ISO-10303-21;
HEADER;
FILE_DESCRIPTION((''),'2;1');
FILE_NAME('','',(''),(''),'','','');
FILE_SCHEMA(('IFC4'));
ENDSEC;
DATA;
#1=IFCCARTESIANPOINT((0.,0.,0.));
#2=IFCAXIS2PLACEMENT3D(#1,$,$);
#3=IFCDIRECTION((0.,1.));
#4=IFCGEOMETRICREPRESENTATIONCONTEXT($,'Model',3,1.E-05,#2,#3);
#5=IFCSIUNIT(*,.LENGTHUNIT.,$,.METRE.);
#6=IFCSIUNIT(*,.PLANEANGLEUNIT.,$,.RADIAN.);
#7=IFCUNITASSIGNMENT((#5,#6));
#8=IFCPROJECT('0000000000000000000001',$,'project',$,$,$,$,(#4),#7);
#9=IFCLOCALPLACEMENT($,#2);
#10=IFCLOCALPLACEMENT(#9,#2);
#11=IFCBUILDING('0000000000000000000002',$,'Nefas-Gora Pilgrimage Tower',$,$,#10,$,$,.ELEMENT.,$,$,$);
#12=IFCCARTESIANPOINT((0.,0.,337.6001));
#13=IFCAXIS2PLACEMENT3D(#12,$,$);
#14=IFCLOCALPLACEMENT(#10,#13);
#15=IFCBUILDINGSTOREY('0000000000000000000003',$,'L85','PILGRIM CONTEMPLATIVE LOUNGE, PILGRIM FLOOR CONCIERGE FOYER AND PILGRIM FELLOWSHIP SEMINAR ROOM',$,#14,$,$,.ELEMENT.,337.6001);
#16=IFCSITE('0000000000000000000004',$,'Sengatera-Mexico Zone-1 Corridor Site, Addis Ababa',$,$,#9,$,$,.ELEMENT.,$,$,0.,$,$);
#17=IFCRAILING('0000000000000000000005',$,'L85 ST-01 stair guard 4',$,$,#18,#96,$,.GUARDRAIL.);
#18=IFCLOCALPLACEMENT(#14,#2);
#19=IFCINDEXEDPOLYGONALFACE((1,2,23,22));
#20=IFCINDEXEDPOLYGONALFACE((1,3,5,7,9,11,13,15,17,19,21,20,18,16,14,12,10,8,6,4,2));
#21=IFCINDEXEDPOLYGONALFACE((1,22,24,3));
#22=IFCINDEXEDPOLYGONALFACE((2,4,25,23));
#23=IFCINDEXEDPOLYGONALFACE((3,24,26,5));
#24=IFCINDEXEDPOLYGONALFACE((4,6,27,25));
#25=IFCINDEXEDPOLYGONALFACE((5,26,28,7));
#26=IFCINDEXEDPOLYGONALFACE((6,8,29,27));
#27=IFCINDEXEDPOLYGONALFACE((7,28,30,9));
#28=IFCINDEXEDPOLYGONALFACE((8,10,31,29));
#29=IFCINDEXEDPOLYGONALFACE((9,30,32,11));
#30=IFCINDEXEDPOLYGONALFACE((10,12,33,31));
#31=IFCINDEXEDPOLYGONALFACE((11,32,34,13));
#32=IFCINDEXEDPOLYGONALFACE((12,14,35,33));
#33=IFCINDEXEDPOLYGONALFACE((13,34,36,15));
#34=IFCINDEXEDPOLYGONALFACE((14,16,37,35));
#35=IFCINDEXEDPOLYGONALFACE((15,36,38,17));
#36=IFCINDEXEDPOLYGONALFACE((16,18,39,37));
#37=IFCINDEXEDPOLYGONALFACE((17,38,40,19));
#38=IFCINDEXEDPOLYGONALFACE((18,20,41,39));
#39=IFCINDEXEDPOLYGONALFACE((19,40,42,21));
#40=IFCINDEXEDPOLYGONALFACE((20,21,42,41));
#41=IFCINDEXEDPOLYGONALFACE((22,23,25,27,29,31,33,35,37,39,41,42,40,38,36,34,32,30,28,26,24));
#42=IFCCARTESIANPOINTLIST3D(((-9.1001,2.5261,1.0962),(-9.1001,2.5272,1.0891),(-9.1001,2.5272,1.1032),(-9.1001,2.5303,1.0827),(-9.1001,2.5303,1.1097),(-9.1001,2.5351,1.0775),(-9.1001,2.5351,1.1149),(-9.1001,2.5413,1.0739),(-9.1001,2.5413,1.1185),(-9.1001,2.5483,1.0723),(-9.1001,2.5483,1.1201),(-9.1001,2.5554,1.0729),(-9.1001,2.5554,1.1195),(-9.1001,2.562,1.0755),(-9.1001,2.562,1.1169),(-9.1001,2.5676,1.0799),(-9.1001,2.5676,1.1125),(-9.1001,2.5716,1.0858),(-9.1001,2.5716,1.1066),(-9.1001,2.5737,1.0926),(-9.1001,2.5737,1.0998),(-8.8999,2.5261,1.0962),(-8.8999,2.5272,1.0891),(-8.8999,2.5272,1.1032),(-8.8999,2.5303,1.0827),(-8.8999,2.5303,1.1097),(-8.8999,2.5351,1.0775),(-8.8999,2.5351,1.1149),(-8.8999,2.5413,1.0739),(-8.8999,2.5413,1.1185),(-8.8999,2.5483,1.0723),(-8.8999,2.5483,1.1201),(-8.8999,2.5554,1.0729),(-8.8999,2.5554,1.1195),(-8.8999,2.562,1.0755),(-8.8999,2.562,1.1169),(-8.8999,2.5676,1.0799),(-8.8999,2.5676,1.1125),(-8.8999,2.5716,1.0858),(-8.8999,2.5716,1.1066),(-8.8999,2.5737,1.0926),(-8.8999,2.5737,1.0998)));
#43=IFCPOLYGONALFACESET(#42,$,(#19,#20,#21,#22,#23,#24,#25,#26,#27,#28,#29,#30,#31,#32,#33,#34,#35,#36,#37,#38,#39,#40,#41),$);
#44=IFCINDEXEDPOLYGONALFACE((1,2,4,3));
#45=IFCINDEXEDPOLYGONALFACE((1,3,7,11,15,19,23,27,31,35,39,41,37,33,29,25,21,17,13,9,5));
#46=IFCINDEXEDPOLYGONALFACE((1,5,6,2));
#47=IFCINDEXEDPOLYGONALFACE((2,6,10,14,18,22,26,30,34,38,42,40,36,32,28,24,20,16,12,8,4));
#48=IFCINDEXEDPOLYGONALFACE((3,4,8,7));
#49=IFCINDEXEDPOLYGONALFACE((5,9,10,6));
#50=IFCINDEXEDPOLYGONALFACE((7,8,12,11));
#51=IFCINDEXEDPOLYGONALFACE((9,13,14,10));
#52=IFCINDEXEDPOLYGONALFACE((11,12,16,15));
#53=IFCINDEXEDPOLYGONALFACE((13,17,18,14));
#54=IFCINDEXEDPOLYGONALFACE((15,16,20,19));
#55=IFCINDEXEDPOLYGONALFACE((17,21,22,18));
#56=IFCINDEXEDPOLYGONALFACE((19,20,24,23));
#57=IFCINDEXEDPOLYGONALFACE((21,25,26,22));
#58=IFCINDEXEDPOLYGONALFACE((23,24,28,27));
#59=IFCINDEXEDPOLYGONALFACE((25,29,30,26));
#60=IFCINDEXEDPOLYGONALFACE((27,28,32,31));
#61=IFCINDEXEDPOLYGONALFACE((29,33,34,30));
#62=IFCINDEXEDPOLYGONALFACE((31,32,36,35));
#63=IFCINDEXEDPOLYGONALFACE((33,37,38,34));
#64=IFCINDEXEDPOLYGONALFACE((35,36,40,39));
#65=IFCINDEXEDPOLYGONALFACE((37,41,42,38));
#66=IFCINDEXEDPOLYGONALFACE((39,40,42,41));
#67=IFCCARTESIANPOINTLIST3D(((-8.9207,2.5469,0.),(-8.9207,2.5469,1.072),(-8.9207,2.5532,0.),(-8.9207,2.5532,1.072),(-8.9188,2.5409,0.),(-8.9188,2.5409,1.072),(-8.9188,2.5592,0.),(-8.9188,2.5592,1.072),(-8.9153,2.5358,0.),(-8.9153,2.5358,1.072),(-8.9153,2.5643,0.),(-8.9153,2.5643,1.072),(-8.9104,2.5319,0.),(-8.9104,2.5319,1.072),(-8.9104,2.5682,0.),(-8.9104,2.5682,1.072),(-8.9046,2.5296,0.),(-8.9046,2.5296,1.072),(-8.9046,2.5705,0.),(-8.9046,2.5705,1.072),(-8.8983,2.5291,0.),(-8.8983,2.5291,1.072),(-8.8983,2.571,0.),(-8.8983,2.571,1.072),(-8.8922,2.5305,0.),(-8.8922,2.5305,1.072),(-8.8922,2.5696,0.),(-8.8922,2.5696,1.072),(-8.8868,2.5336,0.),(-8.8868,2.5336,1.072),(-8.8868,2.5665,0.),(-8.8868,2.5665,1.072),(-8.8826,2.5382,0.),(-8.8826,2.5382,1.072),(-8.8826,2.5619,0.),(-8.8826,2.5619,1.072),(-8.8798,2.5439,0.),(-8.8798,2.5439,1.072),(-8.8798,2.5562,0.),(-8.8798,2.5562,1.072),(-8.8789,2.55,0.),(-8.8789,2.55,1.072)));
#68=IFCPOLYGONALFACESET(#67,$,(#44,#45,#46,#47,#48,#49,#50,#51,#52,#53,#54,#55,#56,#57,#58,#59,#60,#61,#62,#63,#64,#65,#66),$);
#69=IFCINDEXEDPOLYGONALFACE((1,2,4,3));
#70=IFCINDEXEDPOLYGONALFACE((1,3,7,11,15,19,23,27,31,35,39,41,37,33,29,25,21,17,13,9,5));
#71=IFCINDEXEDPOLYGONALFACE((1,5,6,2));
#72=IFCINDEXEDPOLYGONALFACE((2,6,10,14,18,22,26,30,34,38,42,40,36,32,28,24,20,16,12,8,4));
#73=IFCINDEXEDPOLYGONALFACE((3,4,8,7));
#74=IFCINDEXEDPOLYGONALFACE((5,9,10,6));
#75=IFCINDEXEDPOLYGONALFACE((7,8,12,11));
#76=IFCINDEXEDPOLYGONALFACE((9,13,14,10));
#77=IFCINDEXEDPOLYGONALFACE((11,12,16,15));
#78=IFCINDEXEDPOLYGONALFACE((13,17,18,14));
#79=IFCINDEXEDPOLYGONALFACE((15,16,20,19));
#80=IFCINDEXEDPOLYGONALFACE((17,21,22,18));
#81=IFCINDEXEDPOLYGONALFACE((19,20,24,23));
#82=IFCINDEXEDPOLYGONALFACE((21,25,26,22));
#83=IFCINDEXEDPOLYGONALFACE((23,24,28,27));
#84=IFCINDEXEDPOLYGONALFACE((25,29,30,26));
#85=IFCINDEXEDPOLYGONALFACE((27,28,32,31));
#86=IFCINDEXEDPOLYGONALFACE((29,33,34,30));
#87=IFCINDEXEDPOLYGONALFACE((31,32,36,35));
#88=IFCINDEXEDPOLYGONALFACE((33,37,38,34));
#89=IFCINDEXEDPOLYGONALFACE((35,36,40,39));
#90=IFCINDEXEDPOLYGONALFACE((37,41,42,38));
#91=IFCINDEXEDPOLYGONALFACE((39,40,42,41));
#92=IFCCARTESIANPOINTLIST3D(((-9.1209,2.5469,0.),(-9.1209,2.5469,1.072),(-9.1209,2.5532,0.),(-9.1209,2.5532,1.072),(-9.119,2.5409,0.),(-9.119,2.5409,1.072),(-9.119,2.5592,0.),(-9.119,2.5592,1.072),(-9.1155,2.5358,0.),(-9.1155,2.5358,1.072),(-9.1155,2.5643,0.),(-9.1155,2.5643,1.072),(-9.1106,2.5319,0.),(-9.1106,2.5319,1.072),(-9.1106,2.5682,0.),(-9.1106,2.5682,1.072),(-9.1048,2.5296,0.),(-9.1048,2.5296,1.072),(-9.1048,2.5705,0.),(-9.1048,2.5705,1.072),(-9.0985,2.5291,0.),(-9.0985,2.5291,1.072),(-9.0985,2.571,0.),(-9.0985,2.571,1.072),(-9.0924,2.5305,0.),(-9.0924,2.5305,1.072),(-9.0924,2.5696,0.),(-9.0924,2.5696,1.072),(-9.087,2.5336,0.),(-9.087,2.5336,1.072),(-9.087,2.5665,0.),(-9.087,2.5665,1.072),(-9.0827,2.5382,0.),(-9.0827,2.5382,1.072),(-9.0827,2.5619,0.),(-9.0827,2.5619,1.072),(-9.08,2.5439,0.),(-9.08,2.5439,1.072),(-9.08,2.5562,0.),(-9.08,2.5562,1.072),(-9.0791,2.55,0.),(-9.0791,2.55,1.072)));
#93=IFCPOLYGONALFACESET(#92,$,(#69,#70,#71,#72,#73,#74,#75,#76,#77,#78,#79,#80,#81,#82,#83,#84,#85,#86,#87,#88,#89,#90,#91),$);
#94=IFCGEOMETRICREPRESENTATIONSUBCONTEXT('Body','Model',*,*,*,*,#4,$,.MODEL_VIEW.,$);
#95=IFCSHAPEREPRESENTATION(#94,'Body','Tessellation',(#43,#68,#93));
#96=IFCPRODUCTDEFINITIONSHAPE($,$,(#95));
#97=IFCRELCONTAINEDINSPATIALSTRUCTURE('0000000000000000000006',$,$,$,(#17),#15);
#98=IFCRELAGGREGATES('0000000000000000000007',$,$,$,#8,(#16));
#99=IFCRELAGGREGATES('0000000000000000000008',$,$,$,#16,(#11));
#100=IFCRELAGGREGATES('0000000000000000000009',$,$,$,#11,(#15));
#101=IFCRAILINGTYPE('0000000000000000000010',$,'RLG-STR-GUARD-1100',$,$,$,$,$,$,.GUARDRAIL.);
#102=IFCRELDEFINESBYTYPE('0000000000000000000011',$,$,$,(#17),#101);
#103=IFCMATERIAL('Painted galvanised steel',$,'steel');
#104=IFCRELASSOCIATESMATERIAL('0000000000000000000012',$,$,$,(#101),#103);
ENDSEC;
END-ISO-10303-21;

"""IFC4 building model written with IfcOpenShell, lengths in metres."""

from ifc_helpers import new_model, si_unit, direction, frame, origin, origin_2d, place, context, subcontext, project, spatial, circle, extrude, material, type_object, element, save


model = new_model("IFC4")

# Units and contexts
model_context = context("Model", 3, precision=1e-05, world=origin(), true_north=direction((0.0, 1.0)))
body_context = subcontext(model_context, "Body", "Model", "MODEL_VIEW")
ifc_project = project(units=[si_unit("LENGTHUNIT", "METRE"), si_unit("PLANEANGLEUNIT", "RADIAN")], contexts=[model_context])

# Site, building, storey
site_placement = place(None, origin())
site = spatial("IfcSite", under=ifc_project, at=site_placement, Name="Sengatera-Mexico Zone-1 Corridor Site, Addis Ababa", CompositionType="ELEMENT", RefElevation=0.0)
building_placement = place(site_placement, origin())
building = spatial("IfcBuilding", under=site, at=building_placement, Name="Nefas-Gora Pilgrimage Tower", CompositionType="ELEMENT")
storey_placement = place(building_placement, frame((0.0, 0.0, 337.6001)))
storey = spatial("IfcBuildingStorey", under=building, at=storey_placement, Name="L85", Description="PILGRIM CONTEMPLATIVE LOUNGE, PILGRIM FLOOR CONCIERGE FOYER AND PILGRIM FELLOWSHIP SEMINAR ROOM", CompositionType="ELEMENT", Elevation=337.6001)

# Railing
ifc_material_1 = material(Name="Painted galvanised steel", Category="steel")
railing_type_1 = type_object("IfcRailingType", Name="RLG-STR-GUARD-1100", PredefinedType="GUARDRAIL", material=ifc_material_1)
railing_1_placement = place(storey_placement, frame((-8.8999, 2.55, 0.0)))
element("IfcRailing", 1, at=railing_1_placement, inside=storey, type_object=railing_type_1, Name="L85 ST-01 stair guard 4", PredefinedType="GUARDRAIL", context=body_context, shape_type="SweptSolid", body=[
    extrude(circle(Radius=0.0239, at=origin_2d()), frame((0.0, 0.0, 1.0962), z_axis=(-1.0, 0.0, 0.0), x_axis=(0.0, -1.0, 0.0)), (0.0, 0.0, 1.0), 0.2002),
    extrude(circle(Radius=0.021, at=origin_2d()), origin(), (0.0, 0.0, 1.0), 1.072),
    extrude(circle(Radius=0.021, at=origin_2d()), frame((-0.2002, 0.0, 0.0)), (0.0, 0.0, 1.0), 1.072),
])

save(model, "model.ifc")
